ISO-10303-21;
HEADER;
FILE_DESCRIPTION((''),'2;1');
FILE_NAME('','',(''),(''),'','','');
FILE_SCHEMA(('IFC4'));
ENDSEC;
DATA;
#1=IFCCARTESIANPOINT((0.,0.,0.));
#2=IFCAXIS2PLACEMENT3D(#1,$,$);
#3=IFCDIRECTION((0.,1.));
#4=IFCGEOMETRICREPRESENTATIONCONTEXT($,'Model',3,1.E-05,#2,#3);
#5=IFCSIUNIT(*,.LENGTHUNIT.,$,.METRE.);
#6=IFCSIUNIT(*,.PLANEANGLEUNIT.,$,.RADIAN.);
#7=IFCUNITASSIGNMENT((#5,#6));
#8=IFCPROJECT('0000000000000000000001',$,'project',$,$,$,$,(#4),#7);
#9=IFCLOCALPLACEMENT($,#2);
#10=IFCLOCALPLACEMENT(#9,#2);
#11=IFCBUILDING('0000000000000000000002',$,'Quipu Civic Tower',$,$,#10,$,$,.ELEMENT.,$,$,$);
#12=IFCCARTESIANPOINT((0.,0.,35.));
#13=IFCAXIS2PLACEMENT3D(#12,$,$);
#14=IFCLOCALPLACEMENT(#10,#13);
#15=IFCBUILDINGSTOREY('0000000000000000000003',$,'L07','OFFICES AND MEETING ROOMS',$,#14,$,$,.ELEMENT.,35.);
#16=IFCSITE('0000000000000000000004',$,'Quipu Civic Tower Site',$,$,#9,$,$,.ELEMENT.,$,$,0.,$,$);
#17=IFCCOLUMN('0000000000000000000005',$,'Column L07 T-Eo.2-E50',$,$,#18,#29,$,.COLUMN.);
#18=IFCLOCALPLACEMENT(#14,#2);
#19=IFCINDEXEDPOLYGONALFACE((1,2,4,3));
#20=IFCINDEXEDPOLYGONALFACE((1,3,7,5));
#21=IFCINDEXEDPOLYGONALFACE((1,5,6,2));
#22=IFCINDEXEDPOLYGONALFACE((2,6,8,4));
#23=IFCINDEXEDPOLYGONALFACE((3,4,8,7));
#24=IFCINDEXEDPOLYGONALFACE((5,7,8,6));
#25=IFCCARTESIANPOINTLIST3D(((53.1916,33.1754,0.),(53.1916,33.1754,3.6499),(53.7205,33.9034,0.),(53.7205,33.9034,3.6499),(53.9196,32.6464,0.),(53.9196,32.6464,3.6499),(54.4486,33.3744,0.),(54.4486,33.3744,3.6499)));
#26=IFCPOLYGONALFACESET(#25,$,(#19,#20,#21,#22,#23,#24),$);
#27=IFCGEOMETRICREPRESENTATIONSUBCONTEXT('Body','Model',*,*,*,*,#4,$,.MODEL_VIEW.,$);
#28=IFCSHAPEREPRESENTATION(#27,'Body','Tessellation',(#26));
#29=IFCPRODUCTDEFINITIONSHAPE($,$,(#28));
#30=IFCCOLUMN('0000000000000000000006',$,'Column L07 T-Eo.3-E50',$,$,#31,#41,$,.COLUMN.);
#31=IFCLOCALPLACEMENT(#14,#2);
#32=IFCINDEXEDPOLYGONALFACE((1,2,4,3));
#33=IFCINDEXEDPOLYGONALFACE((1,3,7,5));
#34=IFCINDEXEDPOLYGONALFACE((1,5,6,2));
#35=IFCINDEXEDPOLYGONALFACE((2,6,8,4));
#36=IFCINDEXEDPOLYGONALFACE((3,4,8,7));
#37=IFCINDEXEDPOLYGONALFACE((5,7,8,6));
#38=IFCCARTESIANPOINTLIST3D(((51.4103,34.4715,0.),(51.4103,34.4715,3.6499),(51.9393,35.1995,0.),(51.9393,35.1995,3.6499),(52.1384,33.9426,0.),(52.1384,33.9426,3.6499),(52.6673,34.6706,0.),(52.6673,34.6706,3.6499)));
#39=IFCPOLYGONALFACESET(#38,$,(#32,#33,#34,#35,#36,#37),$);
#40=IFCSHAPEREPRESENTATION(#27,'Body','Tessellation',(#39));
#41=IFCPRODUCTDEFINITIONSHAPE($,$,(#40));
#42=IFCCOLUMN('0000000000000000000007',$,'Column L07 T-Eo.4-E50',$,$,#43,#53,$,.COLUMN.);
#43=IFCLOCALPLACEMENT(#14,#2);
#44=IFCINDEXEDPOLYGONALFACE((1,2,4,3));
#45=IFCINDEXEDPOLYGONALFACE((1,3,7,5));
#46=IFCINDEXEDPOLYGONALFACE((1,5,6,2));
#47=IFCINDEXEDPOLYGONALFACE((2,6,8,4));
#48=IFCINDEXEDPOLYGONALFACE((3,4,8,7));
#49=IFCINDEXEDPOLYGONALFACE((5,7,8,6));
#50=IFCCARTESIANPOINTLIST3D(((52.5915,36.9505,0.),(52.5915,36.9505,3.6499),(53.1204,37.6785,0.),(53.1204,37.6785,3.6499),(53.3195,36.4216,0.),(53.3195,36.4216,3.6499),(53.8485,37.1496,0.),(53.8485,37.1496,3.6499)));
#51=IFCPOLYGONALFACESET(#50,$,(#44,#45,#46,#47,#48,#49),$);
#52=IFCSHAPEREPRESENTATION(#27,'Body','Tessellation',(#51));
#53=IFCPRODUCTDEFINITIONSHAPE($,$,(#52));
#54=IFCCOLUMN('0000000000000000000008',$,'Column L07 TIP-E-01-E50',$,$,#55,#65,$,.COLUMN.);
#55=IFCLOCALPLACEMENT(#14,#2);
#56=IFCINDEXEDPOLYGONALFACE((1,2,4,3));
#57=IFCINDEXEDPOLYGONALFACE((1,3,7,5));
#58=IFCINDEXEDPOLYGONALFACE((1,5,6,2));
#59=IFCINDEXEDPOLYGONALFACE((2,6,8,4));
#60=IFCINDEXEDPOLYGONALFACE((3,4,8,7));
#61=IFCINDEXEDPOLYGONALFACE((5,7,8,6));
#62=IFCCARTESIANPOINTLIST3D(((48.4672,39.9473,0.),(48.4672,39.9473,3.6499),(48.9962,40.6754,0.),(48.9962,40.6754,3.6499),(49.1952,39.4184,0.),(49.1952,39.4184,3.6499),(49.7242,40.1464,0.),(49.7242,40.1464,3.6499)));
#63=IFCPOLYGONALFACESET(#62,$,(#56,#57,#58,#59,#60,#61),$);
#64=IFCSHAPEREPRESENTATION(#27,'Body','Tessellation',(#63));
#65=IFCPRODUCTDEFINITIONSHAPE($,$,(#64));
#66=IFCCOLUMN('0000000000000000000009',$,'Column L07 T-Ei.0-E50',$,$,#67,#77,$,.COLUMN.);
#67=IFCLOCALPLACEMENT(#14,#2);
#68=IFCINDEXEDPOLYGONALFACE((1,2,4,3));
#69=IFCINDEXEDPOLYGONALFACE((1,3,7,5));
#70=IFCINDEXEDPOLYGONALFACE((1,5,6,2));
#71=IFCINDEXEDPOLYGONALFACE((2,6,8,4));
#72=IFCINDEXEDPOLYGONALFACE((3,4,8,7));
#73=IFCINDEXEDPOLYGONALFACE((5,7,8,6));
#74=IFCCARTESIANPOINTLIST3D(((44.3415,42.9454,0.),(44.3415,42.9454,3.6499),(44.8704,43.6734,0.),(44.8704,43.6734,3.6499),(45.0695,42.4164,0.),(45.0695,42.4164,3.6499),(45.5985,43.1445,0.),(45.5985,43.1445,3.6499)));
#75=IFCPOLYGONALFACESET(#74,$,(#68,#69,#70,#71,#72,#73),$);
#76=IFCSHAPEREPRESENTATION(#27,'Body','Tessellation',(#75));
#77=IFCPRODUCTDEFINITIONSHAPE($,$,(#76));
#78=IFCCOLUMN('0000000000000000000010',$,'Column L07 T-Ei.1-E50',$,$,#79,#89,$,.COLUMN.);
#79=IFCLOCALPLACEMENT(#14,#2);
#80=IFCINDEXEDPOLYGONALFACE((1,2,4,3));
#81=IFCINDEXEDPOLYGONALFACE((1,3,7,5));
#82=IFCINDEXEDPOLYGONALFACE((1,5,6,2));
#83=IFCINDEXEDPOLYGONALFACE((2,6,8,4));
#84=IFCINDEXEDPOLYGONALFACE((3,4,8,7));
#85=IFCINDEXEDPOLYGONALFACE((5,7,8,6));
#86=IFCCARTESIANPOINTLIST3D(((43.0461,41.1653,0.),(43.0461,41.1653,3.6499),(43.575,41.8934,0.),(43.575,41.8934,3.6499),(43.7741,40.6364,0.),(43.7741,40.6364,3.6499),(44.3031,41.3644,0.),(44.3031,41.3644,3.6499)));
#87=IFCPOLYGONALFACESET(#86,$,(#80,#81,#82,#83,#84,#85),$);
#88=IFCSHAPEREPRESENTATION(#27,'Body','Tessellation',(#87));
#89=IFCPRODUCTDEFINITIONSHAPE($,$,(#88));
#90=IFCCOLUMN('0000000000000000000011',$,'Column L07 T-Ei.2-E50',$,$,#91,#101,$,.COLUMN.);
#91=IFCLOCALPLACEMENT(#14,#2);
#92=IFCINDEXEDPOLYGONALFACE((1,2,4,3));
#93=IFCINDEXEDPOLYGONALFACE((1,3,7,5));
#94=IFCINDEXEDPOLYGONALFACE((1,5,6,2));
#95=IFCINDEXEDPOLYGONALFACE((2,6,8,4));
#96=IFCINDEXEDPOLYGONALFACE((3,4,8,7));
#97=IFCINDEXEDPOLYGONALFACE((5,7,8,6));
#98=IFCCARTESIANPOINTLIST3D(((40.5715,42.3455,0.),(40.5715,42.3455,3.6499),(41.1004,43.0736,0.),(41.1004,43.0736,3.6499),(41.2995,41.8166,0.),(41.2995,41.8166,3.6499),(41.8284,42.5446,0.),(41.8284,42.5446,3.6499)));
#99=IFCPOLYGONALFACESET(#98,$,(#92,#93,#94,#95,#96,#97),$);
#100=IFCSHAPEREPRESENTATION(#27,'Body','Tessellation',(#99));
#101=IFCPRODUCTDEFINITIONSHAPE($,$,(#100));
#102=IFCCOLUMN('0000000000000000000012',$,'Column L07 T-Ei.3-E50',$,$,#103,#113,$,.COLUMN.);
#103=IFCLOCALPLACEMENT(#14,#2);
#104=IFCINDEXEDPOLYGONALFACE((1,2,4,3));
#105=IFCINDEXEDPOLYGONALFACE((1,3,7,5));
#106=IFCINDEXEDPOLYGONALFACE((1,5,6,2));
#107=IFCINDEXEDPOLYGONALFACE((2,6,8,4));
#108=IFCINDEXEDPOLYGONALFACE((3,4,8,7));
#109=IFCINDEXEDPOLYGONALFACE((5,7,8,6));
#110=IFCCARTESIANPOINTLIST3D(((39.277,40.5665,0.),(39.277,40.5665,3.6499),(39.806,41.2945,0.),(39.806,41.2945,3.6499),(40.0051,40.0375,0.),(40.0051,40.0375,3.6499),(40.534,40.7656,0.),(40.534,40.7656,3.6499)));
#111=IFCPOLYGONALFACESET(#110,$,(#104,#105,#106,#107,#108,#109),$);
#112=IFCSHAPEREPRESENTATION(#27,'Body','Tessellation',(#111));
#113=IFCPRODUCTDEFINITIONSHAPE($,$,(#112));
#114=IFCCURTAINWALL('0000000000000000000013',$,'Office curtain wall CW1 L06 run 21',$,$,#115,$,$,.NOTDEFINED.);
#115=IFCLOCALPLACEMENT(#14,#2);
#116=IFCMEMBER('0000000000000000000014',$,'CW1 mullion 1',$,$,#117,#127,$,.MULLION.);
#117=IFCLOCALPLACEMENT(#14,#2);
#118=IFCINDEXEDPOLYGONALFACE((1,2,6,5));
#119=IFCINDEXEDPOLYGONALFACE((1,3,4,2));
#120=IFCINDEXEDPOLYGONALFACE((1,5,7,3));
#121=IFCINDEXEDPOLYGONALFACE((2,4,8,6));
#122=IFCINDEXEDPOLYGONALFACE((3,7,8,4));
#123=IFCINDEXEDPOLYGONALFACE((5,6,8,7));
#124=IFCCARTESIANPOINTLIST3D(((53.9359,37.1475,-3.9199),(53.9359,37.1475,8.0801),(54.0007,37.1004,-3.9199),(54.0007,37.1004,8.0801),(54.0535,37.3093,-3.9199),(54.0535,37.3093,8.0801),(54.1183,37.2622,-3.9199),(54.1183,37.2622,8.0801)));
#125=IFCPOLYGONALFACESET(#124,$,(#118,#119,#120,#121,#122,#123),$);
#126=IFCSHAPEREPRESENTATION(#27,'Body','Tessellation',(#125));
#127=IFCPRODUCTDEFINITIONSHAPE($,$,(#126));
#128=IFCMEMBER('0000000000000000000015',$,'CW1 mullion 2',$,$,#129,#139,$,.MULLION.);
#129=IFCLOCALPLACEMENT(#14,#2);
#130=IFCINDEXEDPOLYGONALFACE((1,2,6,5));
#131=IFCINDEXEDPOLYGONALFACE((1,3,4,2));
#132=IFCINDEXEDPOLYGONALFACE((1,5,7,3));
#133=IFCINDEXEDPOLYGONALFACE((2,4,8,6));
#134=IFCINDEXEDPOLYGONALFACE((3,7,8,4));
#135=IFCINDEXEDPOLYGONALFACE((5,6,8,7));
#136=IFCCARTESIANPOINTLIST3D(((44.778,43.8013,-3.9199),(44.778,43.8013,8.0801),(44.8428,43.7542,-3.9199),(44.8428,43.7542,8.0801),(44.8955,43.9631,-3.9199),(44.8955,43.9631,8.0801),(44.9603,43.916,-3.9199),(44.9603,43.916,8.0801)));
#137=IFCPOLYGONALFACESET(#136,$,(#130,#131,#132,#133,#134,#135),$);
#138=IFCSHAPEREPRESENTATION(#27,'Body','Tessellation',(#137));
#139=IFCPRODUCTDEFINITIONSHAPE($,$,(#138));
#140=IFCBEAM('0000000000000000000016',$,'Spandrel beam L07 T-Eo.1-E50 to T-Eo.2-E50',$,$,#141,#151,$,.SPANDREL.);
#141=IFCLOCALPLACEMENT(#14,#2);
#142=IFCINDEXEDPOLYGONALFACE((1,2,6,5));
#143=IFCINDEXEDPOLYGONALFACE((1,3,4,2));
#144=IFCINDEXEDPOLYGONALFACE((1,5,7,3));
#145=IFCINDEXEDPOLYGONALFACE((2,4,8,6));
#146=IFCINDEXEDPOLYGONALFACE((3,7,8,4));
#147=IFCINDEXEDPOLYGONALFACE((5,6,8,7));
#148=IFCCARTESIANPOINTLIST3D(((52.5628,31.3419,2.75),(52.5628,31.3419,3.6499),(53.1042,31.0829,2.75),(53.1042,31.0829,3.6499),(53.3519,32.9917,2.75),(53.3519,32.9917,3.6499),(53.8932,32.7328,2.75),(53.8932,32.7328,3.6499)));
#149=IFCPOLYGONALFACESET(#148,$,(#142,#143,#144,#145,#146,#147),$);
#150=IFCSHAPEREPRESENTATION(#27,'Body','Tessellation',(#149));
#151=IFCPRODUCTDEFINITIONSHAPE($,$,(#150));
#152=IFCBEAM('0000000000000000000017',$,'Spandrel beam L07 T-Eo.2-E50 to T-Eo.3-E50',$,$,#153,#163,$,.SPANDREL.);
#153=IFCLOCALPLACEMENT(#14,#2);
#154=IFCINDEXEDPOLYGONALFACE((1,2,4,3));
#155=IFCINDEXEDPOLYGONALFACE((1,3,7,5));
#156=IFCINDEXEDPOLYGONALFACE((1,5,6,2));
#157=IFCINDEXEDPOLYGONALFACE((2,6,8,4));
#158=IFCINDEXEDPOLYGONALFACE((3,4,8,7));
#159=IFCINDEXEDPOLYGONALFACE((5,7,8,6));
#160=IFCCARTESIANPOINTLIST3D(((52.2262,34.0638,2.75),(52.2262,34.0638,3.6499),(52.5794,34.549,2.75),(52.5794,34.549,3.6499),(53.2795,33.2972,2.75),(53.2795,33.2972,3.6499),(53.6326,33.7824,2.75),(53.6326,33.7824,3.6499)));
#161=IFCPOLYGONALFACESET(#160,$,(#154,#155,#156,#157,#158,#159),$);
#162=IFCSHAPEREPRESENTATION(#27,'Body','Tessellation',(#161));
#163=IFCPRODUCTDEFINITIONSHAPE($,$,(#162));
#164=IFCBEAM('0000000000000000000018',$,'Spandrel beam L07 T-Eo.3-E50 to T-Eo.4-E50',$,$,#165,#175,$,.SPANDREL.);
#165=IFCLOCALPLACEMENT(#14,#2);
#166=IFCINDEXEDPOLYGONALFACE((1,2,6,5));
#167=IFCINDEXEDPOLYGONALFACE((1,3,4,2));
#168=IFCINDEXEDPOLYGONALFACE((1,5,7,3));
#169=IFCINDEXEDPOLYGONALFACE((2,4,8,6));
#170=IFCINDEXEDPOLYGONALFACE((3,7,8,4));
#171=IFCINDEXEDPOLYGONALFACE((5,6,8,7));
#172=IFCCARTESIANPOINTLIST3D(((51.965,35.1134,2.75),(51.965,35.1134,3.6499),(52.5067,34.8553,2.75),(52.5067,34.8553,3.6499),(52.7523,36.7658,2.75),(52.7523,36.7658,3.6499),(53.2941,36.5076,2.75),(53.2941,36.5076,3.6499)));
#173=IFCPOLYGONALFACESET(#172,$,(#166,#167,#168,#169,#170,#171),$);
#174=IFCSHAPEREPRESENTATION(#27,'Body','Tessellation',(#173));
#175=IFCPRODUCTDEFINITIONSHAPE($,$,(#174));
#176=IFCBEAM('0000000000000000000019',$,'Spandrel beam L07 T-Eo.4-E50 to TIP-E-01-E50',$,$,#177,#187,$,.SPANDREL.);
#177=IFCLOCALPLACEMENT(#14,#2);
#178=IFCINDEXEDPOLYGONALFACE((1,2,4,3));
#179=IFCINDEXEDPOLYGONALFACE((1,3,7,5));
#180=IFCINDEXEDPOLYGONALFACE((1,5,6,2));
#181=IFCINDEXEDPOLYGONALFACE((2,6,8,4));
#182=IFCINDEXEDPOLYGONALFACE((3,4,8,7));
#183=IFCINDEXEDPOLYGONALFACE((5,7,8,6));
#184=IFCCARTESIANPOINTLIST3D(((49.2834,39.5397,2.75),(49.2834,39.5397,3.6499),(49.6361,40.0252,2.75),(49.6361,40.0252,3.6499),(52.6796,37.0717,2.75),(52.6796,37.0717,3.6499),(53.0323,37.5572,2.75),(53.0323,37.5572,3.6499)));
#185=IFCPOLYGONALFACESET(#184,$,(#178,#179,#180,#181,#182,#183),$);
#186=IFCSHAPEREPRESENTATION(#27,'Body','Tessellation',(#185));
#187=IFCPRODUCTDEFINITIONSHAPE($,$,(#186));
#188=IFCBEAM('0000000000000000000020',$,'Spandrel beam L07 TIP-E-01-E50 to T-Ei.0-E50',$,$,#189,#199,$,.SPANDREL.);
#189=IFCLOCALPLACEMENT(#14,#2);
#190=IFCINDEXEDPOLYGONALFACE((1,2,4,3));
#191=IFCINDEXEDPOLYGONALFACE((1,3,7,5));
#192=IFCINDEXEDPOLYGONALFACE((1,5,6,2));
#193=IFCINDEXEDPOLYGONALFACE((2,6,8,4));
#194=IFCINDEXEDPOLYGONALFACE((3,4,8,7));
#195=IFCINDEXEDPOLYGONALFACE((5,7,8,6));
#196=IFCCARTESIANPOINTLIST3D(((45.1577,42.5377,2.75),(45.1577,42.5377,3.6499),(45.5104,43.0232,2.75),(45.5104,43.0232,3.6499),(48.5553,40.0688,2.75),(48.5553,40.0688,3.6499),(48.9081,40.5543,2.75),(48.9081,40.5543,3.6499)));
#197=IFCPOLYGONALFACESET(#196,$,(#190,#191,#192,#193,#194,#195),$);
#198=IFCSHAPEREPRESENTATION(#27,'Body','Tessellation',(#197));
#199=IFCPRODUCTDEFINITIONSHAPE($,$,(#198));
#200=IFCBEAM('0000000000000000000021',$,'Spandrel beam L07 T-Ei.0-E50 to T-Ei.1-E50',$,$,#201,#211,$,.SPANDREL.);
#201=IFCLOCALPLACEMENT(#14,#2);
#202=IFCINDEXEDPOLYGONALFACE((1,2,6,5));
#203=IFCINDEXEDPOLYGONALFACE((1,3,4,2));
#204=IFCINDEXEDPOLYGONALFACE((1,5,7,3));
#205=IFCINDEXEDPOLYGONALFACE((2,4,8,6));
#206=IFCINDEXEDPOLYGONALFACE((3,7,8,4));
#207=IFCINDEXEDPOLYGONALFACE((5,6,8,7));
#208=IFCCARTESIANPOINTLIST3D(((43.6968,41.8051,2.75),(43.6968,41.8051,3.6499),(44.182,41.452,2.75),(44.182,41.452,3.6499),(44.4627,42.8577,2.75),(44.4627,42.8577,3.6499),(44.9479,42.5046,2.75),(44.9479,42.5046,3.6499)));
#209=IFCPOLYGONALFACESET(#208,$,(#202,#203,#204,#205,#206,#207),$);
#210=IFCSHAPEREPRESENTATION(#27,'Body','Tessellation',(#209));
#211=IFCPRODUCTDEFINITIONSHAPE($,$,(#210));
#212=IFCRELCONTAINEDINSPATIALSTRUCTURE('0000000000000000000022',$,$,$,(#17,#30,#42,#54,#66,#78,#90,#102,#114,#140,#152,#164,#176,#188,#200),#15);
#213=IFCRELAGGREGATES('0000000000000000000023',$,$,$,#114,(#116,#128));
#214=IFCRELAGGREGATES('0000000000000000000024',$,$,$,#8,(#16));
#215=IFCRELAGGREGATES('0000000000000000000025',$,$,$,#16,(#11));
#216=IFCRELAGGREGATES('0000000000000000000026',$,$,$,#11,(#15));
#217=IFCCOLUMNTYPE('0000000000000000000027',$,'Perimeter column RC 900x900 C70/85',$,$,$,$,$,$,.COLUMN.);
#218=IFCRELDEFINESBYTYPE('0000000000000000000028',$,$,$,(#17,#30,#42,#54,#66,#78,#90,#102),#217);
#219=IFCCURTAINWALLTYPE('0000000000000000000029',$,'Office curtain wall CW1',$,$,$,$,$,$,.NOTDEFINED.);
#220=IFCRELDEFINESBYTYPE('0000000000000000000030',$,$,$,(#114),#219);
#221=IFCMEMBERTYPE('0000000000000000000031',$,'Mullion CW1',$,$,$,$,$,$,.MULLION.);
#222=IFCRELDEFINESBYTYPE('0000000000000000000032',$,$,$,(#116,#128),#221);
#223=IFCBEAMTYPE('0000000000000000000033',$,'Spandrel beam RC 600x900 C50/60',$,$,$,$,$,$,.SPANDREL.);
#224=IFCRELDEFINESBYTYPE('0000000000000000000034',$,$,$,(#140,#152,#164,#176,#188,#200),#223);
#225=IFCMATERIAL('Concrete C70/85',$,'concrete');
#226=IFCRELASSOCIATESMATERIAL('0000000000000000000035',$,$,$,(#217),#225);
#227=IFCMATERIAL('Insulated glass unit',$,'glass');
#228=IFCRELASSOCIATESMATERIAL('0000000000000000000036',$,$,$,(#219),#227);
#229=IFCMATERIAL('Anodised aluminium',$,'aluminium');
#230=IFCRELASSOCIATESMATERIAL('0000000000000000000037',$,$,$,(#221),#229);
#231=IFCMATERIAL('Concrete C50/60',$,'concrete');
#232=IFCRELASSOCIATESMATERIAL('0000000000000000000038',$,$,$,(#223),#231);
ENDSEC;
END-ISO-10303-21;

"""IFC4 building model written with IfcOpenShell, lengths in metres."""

from ifc_helpers import new_model, si_unit, direction, frame, origin, origin_2d, place, context, subcontext, project, spatial, rectangle, extrude, material, material_profile, profile_set, type_object, element, aggregate, save


model = new_model("IFC4")

# Units and contexts
model_context = context("Model", 3, precision=1e-05, world=origin(), true_north=direction((0.0, 1.0)))
body_context = subcontext(model_context, "Body", "Model", "MODEL_VIEW")
ifc_project = project(units=[si_unit("LENGTHUNIT", "METRE"), si_unit("PLANEANGLEUNIT", "RADIAN")], contexts=[model_context])

# Site, building, storey
site_placement = place(None, origin())
site = spatial("IfcSite", under=ifc_project, at=site_placement, Name="Quipu Civic Tower Site", CompositionType="ELEMENT", RefElevation=0.0)
building_placement = place(site_placement, origin())
building = spatial("IfcBuilding", under=site, at=building_placement, Name="Quipu Civic Tower", CompositionType="ELEMENT")
storey_placement = place(building_placement, frame((0.0, 0.0, 35.0)))
storey = spatial("IfcBuildingStorey", under=building, at=storey_placement, Name="L07", Description="OFFICES AND MEETING ROOMS", CompositionType="ELEMENT", Elevation=35.0)

# Columns
ifc_material_1 = material(Name="Concrete C70/85", Category="concrete")
ifc_material_profile_1 = material_profile(ifc_material_1, rectangle(XDim=0.8999, YDim=0.8999, at=origin_2d()), Name="RC900x900")
ifc_profile_set_1 = profile_set([ifc_material_profile_1], Name="Concrete C70/85")
column_type = type_object("IfcColumnType", Name="Perimeter column RC 900x900 C70/85", PredefinedType="COLUMN", material=ifc_profile_set_1)
for number, where, z_axis, x_axis, name in (
    (1, (53.8201, 33.2749, 0.0), (0.0, 0.0, 1.0), (-0.809017, 0.587785, 0.0), "Column L07 T-Eo.2-E50"),
    (2, (52.0388, 34.571, 0.0), (0.0, 0.0, 1.0), (0.587785, 0.809017, 0.0), "Column L07 T-Eo.3-E50"),
    (3, (53.22, 37.05, 0.0), (0.0, 0.0, 1.0), (-0.809017, 0.587785, 0.0), "Column L07 T-Eo.4-E50"),
    (4, (49.0957, 40.0469, 0.0), (0.0, 0.0, 1.0), (-0.809017, 0.587785, 0.0), "Column L07 TIP-E-01-E50"),
    (5, (44.97, 43.0449, 0.0), (0.0, 0.0, 1.0), (-0.809017, 0.587785, 0.0), "Column L07 T-Ei.0-E50"),
    (6, (43.6746, 41.2649, 0.0), (0.0, 0.0, 1.0), (-0.809017, 0.587785, 0.0), "Column L07 T-Ei.1-E50"),
    (7, (41.2, 42.4451, 0.0), (0.0, 0.0, 1.0), (-0.587785, -0.809017, 0.0), "Column L07 T-Ei.2-E50"),
    (8, (39.9055, 40.666, 0.0), (0.0, 0.0, 1.0), (-0.587785, -0.809017, 0.0), "Column L07 T-Ei.3-E50"),
):
    element("IfcColumn", number, at=place(storey_placement, frame(where, z_axis=z_axis, x_axis=x_axis)), inside=storey, type_object=column_type, Name=name, PredefinedType="COLUMN", context=body_context, shape_type="SweptSolid", body=[
        extrude(rectangle(XDim=0.8999, YDim=0.8999, at=origin_2d()), origin(), (0.0, 0.0, 1.0), 3.6499),
    ])

# Curtain wall, members
ifc_material_2 = material(Name="Insulated glass unit", Category="glass")
curtain_wall_type = type_object("IfcCurtainWallType", Name="Office curtain wall CW1", PredefinedType="NOTDEFINED", material=ifc_material_2)
curtain_wall_placement = place(storey_placement, origin())
curtain_wall = element("IfcCurtainWall", 9, at=curtain_wall_placement, inside=storey, type_object=curtain_wall_type, Name="Office curtain wall CW1 L06 run 21", PredefinedType="NOTDEFINED")
ifc_material_3 = material(Name="Anodised aluminium", Category="aluminium")
ifc_material_profile_2 = material_profile(ifc_material_3, rectangle(XDim=0.2, YDim=0.0801, at=origin_2d()), Name="RECT 200x80")
ifc_profile_set_2 = profile_set([ifc_material_profile_2], Name="Anodised aluminium")
member_type_1 = type_object("IfcMemberType", Name="Mullion CW1", PredefinedType="MULLION", material=ifc_profile_set_2)
member_1_placement = place(storey_placement, frame((54.0271, 37.2048, -3.9199), z_axis=(0.0, 0.0, 1.0), x_axis=(-0.587782, -0.809019, 0.0)))
member_1 = element("IfcMember", 10, at=member_1_placement, type_object=member_type_1, Name="CW1 mullion 1", PredefinedType="MULLION", context=body_context, shape_type="SweptSolid", body=[
    extrude(rectangle(XDim=0.2, YDim=0.0801, at=origin_2d()), origin(), (0.0, 0.0, 1.0), 12.0),
])
member_2_placement = place(storey_placement, frame((44.8691, 43.8586, -3.9199), z_axis=(0.0, 0.0, 1.0), x_axis=(-0.587782, -0.809019, 0.0)))
member_2 = element("IfcMember", 11, at=member_2_placement, type_object=member_type_1, Name="CW1 mullion 2", PredefinedType="MULLION", context=body_context, shape_type="SweptSolid", body=[
    extrude(rectangle(XDim=0.2, YDim=0.0801, at=origin_2d()), origin(), (0.0, 0.0, 1.0), 12.0),
])

# Beams
ifc_material_4 = material(Name="Concrete C50/60", Category="concrete")
ifc_material_profile_3 = material_profile(ifc_material_4, rectangle(XDim=0.6001, YDim=0.8999, at=origin_2d()), Name="RC600x900")
ifc_profile_set_3 = profile_set([ifc_material_profile_3], Name="Concrete C50/60")
beam_type = type_object("IfcBeamType", Name="Spandrel beam RC 600x900 C50/60", PredefinedType="SPANDREL", material=ifc_profile_set_3)
beam_1_placement = place(storey_placement, frame((52.8335, 31.2124, 3.2), z_axis=(0.431446, 0.902139, 0.0), x_axis=(-0.902139, 0.431446, 0.0)))
element("IfcBeam", 12, at=beam_1_placement, inside=storey, type_object=beam_type, Name="Spandrel beam L07 T-Eo.1-E50 to T-Eo.2-E50", PredefinedType="SPANDREL", context=body_context, shape_type="SweptSolid", body=[
    extrude(rectangle(XDim=0.6001, YDim=0.8999, at=origin_2d()), origin(), (0.0, 0.0, 1.0), 1.8289),
])
beam_2_placement = place(storey_placement, frame((53.4561, 33.5398, 3.2), z_axis=(-0.808509, 0.588484, 0.0), x_axis=(-0.588484, -0.808509, 0.0)))
element("IfcBeam", 13, at=beam_2_placement, inside=storey, type_object=beam_type, Name="Spandrel beam L07 T-Eo.2-E50 to T-Eo.3-E50", PredefinedType="SPANDREL", context=body_context, shape_type="SweptSolid", body=[
    extrude(rectangle(XDim=0.6001, YDim=0.8999, at=origin_2d()), origin(), (0.0, 0.0, 1.0), 1.3027),
])
beam_3_placement = place(storey_placement, frame((52.2358, 34.9844, 3.2), z_axis=(0.430167, 0.90275, 0.0), x_axis=(-0.90275, 0.430167, 0.0)))
element("IfcBeam", 14, at=beam_3_placement, inside=storey, type_object=beam_type, Name="Spandrel beam L07 T-Eo.3-E50 to T-Eo.4-E50", PredefinedType="SPANDREL", context=body_context, shape_type="SweptSolid", body=[
    extrude(rectangle(XDim=0.6001, YDim=0.8999, at=origin_2d()), origin(), (0.0, 0.0, 1.0), 1.8303),
])
beam_4_placement = place(storey_placement, frame((52.856, 37.3145, 3.2), z_axis=(-0.80896, 0.587864, 0.0), x_axis=(-0.587864, -0.80896, 0.0)))
element("IfcBeam", 15, at=beam_4_placement, inside=storey, type_object=beam_type, Name="Spandrel beam L07 T-Eo.4-E50 to TIP-E-01-E50", PredefinedType="SPANDREL", context=body_context, shape_type="SweptSolid", body=[
    extrude(rectangle(XDim=0.6001, YDim=0.8999, at=origin_2d()), origin(), (0.0, 0.0, 1.0), 4.1982),
])
beam_5_placement = place(storey_placement, frame((48.7317, 40.3115, 3.2), z_axis=(-0.80897, 0.58785, 0.0), x_axis=(-0.58785, -0.80897, 0.0)))
element("IfcBeam", 16, at=beam_5_placement, inside=storey, type_object=beam_type, Name="Spandrel beam L07 TIP-E-01-E50 to T-Ei.0-E50", PredefinedType="SPANDREL", context=body_context, shape_type="SweptSolid", body=[
    extrude(rectangle(XDim=0.6001, YDim=0.8999, at=origin_2d()), origin(), (0.0, 0.0, 1.0), 4.2),
])
beam_6_placement = place(storey_placement, frame((44.7053, 42.6812, 3.2), z_axis=(-0.588384, -0.808582, 0.0), x_axis=(0.808582, -0.588384, 0.0)))
element("IfcBeam", 17, at=beam_6_placement, inside=storey, type_object=beam_type, Name="Spandrel beam L07 T-Ei.0-E50 to T-Ei.1-E50", PredefinedType="SPANDREL", context=body_context, shape_type="SweptSolid", body=[
    extrude(rectangle(XDim=0.6001, YDim=0.8999, at=origin_2d()), origin(), (0.0, 0.0, 1.0), 1.3018),
])

aggregate(curtain_wall, [member_1, member_2])

save(model, "model.ifc")
